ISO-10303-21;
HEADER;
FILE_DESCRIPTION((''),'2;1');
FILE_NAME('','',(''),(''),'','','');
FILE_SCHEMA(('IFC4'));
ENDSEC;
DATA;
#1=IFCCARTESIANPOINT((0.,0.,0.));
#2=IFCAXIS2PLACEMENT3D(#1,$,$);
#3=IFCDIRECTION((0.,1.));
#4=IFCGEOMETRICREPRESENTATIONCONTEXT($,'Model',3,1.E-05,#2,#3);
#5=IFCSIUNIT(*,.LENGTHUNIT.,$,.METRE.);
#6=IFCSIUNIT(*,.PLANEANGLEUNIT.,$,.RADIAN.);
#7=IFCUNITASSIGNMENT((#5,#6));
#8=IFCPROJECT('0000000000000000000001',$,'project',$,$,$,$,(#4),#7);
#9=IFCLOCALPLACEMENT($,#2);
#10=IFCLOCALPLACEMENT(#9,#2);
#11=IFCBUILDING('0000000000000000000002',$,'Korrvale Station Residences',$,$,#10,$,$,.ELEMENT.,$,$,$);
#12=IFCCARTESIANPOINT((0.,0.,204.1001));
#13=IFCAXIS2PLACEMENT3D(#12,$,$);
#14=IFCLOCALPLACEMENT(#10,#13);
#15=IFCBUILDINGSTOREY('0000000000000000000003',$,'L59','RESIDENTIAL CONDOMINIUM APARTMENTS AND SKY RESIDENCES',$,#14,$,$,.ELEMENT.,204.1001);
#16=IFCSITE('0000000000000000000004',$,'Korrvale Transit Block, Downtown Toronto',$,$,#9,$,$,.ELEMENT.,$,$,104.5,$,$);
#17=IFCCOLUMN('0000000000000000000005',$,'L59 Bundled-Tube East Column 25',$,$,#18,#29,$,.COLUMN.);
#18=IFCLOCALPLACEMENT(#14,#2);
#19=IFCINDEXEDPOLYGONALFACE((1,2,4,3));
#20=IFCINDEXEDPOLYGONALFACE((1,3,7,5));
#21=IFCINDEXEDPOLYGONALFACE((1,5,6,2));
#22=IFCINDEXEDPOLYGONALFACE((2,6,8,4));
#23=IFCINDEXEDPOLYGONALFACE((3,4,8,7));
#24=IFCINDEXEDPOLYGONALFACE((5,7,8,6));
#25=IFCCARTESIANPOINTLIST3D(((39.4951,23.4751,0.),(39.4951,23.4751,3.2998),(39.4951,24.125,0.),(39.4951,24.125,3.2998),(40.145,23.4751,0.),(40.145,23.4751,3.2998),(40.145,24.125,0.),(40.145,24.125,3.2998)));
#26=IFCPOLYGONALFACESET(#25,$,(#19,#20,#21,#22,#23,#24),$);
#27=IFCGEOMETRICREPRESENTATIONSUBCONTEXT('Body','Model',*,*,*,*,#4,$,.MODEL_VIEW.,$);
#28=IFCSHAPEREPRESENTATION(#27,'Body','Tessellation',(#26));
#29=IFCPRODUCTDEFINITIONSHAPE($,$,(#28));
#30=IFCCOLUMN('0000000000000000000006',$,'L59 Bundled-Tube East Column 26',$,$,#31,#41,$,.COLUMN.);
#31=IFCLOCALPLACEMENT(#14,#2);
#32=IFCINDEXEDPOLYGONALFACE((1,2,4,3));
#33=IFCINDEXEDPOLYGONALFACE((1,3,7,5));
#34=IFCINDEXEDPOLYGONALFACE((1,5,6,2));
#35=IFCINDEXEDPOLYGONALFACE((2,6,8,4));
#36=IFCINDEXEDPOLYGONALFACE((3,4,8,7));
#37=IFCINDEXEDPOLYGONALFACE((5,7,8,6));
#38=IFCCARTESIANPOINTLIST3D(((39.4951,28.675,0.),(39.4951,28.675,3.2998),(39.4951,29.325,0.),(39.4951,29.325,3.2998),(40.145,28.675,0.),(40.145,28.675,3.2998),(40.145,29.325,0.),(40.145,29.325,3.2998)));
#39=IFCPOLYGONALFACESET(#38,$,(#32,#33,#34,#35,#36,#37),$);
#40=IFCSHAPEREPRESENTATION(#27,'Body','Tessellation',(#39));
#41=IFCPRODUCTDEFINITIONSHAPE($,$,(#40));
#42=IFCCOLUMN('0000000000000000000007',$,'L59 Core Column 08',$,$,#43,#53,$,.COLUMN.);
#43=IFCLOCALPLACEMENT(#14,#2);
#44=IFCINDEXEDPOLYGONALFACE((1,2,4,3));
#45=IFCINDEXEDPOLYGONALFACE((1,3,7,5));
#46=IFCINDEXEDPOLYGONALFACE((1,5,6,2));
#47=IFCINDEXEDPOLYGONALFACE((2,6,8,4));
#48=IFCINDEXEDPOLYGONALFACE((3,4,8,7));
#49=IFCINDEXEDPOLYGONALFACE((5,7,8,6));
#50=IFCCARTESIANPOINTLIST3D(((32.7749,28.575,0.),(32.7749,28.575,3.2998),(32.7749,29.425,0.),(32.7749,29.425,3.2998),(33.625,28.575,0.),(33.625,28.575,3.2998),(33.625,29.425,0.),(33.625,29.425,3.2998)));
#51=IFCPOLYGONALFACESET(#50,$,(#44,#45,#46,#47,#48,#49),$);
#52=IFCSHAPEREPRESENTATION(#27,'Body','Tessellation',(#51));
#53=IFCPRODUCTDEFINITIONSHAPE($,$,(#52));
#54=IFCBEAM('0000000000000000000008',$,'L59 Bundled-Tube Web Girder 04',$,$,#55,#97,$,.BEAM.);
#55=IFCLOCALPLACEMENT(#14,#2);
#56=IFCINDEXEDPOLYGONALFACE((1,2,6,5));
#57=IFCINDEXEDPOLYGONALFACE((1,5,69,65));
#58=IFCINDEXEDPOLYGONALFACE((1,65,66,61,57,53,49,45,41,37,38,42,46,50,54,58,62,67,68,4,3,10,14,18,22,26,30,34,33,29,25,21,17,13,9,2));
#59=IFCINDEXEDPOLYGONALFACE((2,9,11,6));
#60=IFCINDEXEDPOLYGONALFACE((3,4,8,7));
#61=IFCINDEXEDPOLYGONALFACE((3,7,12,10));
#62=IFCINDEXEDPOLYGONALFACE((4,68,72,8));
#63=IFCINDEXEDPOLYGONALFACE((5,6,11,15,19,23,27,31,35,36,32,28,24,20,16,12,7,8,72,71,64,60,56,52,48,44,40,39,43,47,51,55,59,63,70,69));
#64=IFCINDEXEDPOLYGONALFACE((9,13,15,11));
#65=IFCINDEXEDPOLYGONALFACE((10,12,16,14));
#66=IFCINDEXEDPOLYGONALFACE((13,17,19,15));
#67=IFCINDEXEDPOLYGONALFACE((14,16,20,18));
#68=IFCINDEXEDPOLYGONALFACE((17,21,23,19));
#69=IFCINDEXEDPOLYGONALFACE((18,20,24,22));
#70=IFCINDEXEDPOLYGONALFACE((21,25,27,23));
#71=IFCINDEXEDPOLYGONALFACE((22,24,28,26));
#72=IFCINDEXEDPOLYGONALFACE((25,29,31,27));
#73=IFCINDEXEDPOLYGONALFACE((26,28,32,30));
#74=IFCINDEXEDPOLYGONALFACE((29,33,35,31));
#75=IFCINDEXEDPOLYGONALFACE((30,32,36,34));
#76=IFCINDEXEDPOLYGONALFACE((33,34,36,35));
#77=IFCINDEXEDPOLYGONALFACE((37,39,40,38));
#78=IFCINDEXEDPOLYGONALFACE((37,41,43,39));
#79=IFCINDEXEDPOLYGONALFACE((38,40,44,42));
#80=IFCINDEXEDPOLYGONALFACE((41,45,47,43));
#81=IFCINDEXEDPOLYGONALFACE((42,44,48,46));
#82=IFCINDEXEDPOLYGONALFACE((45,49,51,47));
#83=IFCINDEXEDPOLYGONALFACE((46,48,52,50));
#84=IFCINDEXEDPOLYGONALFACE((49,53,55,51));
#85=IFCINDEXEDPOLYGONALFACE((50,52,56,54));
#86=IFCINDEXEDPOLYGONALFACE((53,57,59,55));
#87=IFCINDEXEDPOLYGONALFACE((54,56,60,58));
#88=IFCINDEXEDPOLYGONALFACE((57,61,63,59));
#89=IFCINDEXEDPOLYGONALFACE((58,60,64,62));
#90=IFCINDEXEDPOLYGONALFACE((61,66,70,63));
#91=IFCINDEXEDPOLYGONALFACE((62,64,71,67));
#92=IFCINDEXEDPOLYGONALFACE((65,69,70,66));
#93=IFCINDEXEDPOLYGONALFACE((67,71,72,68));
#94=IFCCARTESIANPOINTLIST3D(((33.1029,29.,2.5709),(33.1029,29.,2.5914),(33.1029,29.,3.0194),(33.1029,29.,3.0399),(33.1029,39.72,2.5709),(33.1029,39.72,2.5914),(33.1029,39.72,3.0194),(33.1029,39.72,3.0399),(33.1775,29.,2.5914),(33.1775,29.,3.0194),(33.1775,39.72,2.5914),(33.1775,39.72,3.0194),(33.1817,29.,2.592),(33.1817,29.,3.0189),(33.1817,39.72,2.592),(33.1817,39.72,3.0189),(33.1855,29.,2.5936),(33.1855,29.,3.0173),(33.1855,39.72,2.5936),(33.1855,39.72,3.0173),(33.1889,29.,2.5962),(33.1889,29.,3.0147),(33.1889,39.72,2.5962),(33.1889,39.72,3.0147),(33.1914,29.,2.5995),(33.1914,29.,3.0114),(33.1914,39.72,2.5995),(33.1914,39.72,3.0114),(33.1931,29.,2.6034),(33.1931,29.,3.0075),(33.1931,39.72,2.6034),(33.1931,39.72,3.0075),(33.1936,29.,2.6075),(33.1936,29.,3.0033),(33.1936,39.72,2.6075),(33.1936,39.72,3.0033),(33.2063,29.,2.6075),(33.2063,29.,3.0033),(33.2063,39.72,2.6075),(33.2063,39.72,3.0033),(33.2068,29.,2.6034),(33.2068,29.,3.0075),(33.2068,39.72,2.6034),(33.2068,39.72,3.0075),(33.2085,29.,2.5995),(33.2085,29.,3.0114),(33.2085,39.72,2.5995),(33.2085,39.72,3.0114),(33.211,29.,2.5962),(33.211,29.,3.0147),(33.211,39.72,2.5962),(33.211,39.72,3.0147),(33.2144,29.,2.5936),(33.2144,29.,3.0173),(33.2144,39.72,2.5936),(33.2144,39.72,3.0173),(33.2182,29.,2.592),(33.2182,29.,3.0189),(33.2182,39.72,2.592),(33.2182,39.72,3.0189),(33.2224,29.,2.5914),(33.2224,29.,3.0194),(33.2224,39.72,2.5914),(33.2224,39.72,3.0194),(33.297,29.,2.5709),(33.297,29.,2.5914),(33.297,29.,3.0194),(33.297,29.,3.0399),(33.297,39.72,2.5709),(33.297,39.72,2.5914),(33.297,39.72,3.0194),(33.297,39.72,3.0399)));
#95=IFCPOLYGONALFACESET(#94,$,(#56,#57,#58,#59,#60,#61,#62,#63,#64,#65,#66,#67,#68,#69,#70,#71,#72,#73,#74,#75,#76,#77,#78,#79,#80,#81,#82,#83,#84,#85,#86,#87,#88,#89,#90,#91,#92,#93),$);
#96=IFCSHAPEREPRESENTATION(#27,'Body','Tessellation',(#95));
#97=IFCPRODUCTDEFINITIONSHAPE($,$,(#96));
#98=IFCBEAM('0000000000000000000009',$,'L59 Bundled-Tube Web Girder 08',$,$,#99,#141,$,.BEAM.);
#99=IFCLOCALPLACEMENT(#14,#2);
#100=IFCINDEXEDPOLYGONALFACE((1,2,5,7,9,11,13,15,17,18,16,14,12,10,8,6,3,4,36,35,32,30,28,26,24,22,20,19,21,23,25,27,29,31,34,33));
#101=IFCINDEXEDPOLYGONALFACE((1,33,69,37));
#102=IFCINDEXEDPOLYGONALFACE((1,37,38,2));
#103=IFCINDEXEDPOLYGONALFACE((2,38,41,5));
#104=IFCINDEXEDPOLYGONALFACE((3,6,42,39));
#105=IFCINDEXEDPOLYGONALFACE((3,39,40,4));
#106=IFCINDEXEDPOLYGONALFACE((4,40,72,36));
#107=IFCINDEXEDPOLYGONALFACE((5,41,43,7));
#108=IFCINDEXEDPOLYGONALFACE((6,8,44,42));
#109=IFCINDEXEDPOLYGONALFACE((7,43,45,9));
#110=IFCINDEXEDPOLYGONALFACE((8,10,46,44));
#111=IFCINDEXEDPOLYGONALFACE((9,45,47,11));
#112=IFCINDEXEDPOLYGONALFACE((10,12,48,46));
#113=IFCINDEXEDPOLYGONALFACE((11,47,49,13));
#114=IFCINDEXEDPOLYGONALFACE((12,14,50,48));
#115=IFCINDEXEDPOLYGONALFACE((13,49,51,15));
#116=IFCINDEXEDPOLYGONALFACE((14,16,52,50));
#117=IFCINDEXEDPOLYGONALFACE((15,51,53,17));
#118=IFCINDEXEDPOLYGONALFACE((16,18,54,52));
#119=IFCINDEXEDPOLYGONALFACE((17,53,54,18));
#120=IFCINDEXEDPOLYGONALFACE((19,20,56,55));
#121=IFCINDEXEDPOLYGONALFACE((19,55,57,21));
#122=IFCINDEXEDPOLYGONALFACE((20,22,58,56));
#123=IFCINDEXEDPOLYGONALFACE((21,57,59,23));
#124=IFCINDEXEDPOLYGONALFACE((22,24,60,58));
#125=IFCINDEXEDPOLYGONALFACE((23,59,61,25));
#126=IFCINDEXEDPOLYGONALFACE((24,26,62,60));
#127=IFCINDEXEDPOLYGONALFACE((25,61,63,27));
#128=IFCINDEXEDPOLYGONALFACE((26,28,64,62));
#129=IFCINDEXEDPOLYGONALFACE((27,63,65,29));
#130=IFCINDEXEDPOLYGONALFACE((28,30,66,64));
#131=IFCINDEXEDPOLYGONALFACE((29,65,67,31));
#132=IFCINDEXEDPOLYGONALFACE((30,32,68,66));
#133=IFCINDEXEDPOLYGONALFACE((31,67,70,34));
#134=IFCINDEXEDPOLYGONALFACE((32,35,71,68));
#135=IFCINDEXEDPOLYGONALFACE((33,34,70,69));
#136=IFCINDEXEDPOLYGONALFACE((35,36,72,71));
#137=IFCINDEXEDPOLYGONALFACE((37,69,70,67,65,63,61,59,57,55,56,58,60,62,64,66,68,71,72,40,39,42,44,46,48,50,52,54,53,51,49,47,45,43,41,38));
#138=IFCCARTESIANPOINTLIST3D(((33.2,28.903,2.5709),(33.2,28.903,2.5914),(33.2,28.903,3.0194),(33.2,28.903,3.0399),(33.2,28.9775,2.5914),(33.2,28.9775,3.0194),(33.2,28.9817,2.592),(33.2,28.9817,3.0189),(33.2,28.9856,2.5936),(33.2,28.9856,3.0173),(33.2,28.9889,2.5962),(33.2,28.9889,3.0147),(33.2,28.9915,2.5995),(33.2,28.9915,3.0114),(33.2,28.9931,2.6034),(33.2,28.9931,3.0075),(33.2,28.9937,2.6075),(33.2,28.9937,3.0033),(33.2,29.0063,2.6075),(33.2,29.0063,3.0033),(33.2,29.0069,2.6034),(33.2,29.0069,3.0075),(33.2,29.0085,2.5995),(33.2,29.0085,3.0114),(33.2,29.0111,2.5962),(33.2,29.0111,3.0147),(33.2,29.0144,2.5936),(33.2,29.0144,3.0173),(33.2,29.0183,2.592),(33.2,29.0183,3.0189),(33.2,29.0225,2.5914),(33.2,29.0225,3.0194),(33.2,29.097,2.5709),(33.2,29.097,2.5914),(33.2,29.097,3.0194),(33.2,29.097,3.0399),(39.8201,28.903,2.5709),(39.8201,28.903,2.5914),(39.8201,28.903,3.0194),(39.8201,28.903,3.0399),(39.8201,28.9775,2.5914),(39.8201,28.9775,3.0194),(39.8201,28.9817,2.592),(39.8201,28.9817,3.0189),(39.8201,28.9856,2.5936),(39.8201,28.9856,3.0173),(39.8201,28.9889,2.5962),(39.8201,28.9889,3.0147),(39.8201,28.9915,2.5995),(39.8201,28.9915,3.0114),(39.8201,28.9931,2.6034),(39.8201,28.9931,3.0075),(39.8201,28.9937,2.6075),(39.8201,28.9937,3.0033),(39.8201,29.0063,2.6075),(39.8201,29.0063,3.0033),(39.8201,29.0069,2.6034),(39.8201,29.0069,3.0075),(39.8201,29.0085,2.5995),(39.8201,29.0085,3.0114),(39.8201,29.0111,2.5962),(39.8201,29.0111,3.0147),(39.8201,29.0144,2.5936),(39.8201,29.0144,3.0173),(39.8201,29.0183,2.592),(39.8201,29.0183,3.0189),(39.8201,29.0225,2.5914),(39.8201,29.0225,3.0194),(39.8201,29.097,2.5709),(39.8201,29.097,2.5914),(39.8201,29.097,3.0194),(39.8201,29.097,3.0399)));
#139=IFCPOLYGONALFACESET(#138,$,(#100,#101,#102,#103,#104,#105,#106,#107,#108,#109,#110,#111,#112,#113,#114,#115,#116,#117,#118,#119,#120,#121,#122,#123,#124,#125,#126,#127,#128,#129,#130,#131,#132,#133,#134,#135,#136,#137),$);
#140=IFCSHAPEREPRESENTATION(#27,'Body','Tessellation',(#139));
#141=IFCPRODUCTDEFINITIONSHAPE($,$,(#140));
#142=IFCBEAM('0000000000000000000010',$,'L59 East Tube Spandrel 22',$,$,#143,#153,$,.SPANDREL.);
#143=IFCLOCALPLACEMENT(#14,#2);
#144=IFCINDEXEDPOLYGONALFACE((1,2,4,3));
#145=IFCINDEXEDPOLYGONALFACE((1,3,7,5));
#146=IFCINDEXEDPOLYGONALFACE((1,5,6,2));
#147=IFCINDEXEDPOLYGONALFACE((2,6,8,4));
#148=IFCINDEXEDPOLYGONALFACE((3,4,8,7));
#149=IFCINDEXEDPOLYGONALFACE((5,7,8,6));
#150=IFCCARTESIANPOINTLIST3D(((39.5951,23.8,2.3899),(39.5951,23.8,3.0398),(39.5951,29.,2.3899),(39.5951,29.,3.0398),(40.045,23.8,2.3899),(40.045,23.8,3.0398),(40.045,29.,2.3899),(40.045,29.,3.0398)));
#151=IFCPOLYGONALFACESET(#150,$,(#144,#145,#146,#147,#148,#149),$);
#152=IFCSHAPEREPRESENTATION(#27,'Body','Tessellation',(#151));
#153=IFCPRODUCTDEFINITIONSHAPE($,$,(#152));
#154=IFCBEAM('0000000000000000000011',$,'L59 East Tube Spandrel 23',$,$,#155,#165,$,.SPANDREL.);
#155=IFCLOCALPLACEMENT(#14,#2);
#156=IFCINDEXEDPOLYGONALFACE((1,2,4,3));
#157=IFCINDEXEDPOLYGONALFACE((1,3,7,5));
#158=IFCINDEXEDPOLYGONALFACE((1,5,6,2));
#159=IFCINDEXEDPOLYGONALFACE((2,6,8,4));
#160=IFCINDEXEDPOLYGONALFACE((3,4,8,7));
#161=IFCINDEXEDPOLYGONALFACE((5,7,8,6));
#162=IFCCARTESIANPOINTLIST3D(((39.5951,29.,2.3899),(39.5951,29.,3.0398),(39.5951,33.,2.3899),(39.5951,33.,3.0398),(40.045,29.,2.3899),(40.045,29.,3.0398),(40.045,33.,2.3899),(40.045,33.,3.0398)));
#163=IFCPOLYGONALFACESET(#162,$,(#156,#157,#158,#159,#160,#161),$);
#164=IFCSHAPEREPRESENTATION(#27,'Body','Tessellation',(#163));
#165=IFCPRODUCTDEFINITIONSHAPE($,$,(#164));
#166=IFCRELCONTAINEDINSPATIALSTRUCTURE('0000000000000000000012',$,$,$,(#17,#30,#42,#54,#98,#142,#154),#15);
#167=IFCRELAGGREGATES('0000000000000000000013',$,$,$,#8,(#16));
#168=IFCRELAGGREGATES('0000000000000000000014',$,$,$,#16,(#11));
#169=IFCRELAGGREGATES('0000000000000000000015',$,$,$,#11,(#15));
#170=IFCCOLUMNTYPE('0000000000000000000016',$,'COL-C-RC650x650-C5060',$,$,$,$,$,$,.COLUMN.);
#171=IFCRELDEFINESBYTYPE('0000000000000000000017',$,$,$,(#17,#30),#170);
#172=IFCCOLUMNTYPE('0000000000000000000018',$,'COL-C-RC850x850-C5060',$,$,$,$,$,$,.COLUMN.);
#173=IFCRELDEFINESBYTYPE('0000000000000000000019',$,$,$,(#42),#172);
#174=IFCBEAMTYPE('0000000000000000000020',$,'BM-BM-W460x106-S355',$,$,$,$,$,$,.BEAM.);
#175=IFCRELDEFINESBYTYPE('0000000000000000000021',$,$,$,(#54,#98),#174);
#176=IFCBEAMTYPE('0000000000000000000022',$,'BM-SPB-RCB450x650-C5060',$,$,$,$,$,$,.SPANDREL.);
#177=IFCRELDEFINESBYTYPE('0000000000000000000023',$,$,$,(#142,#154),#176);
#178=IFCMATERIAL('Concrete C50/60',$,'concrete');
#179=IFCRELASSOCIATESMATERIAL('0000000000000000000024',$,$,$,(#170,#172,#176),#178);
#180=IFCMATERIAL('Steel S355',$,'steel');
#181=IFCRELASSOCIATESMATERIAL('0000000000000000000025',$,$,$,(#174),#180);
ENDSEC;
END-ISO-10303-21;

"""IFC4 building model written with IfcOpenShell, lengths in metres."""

from ifc_helpers import new_model, si_unit, direction, frame, origin, origin_2d, place, context, subcontext, project, spatial, rectangle, i_section, extrude, material, material_profile, profile_set, type_object, element, save


model = new_model("IFC4")

# Units and contexts
model_context = context("Model", 3, precision=1e-05, world=origin(), true_north=direction((0.0, 1.0)))
body_context = subcontext(model_context, "Body", "Model", "MODEL_VIEW")
ifc_project = project(units=[si_unit("LENGTHUNIT", "METRE"), si_unit("PLANEANGLEUNIT", "RADIAN")], contexts=[model_context])

# Site, building, storey
site_placement = place(None, origin())
site = spatial("IfcSite", under=ifc_project, at=site_placement, Name="Korrvale Transit Block, Downtown Toronto", CompositionType="ELEMENT", RefElevation=104.5)
building_placement = place(site_placement, origin())
building = spatial("IfcBuilding", under=site, at=building_placement, Name="Korrvale Station Residences", CompositionType="ELEMENT")
storey_placement = place(building_placement, frame((0.0, 0.0, 204.1001)))
storey = spatial("IfcBuildingStorey", under=building, at=storey_placement, Name="L59", Description="RESIDENTIAL CONDOMINIUM APARTMENTS AND SKY RESIDENCES", CompositionType="ELEMENT", Elevation=204.1001)

# Columns
ifc_material_1 = material(Name="Concrete C50/60", Category="concrete")
ifc_material_profile_1 = material_profile(ifc_material_1, rectangle(XDim=0.6499, YDim=0.6499, at=origin_2d()), Name="RC650x650")
ifc_profile_set_1 = profile_set([ifc_material_profile_1], Name="Concrete C50/60")
column_type_1 = type_object("IfcColumnType", Name="COL-C-RC650x650-C5060", PredefinedType="COLUMN", material=ifc_profile_set_1)
for number, where, z_axis, x_axis, name in (
    (1, (39.8201, 23.8, 0.0), (0.0, 0.0, 1.0), (1.0, 0.0, 0.0), "L59 Bundled-Tube East Column 25"),
    (2, (39.8201, 29.0, 0.0), (0.0, 0.0, 1.0), (1.0, 0.0, 0.0), "L59 Bundled-Tube East Column 26"),
):
    element("IfcColumn", number, at=place(storey_placement, frame(where, z_axis=z_axis, x_axis=x_axis)), inside=storey, type_object=column_type_1, Name=name, PredefinedType="COLUMN", context=body_context, shape_type="SweptSolid", body=[
        extrude(rectangle(XDim=0.6499, YDim=0.6499, at=origin_2d()), origin(), (0.0, 0.0, 1.0), 3.2998),
    ])
ifc_material_profile_2 = material_profile(ifc_material_1, rectangle(XDim=0.8501, YDim=0.8501, at=origin_2d()), Name="RC850x850")
ifc_profile_set_2 = profile_set([ifc_material_profile_2], Name="Concrete C50/60")
column_type_2 = type_object("IfcColumnType", Name="COL-C-RC850x850-C5060", PredefinedType="COLUMN", material=ifc_profile_set_2)
column_placement = place(storey_placement, frame((33.2, 29.0, 0.0), z_axis=(0.0, 0.0, 1.0), x_axis=(1.0, 0.0, 0.0)))
element("IfcColumn", 3, at=column_placement, inside=storey, type_object=column_type_2, Name="L59 Core Column 08", PredefinedType="COLUMN", context=body_context, shape_type="SweptSolid", body=[
    extrude(rectangle(XDim=0.8501, YDim=0.8501, at=origin_2d()), origin(), (0.0, 0.0, 1.0), 3.2998),
])

# Beams
ifc_material_2 = material(Name="Steel S355", Category="steel")
ifc_material_profile_3 = material_profile(ifc_material_2, i_section(OverallWidth=0.1941, OverallDepth=0.469, WebThickness=0.0127, FlangeThickness=0.0205, FilletRadius=0.0161, at=origin_2d()), Name="W460x106")
ifc_profile_set_3 = profile_set([ifc_material_profile_3], Name="Steel S355")
beam_type_1 = type_object("IfcBeamType", Name="BM-BM-W460x106-S355", PredefinedType="BEAM", material=ifc_profile_set_3)
beam_1_placement = place(storey_placement, frame((33.2, 29.0, 2.8054), z_axis=(0.0, 1.0, 0.0), x_axis=(-1.0, 0.0, 0.0)))
element("IfcBeam", 4, at=beam_1_placement, inside=storey, type_object=beam_type_1, Name="L59 Bundled-Tube Web Girder 04", PredefinedType="BEAM", context=body_context, shape_type="SweptSolid", body=[
    extrude(i_section(OverallWidth=0.1941, OverallDepth=0.469, WebThickness=0.0127, FlangeThickness=0.0205, FilletRadius=0.0161, at=origin_2d()), origin(), (0.0, 0.0, 1.0), 10.72),
])
beam_2_placement = place(storey_placement, frame((33.2, 29.0, 2.8054), z_axis=(1.0, 0.0, 0.0), x_axis=(0.0, 1.0, 0.0)))
element("IfcBeam", 5, at=beam_2_placement, inside=storey, type_object=beam_type_1, Name="L59 Bundled-Tube Web Girder 08", PredefinedType="BEAM", context=body_context, shape_type="SweptSolid", body=[
    extrude(i_section(OverallWidth=0.1941, OverallDepth=0.469, WebThickness=0.0127, FlangeThickness=0.0205, FilletRadius=0.0161, at=origin_2d()), origin(), (0.0, 0.0, 1.0), 6.6201),
])
ifc_material_profile_4 = material_profile(ifc_material_1, rectangle(XDim=0.45, YDim=0.6499, at=origin_2d()), Name="RCB450x650")
ifc_profile_set_4 = profile_set([ifc_material_profile_4], Name="Concrete C50/60")
beam_type_2 = type_object("IfcBeamType", Name="BM-SPB-RCB450x650-C5060", PredefinedType="SPANDREL", material=ifc_profile_set_4)
beam_3_placement = place(storey_placement, frame((39.8201, 23.8, 2.7148), z_axis=(0.0, 1.0, 0.0), x_axis=(-1.0, 0.0, 0.0)))
element("IfcBeam", 6, at=beam_3_placement, inside=storey, type_object=beam_type_2, Name="L59 East Tube Spandrel 22", PredefinedType="SPANDREL", context=body_context, shape_type="SweptSolid", body=[
    extrude(rectangle(XDim=0.45, YDim=0.6499, at=origin_2d()), origin(), (0.0, 0.0, 1.0), 5.2),
])
beam_4_placement = place(storey_placement, frame((39.8201, 29.0, 2.7148), z_axis=(0.0, 1.0, 0.0), x_axis=(-1.0, 0.0, 0.0)))
element("IfcBeam", 7, at=beam_4_placement, inside=storey, type_object=beam_type_2, Name="L59 East Tube Spandrel 23", PredefinedType="SPANDREL", context=body_context, shape_type="SweptSolid", body=[
    extrude(rectangle(XDim=0.45, YDim=0.6499, at=origin_2d()), origin(), (0.0, 0.0, 1.0), 4.0),
])

save(model, "model.ifc")
